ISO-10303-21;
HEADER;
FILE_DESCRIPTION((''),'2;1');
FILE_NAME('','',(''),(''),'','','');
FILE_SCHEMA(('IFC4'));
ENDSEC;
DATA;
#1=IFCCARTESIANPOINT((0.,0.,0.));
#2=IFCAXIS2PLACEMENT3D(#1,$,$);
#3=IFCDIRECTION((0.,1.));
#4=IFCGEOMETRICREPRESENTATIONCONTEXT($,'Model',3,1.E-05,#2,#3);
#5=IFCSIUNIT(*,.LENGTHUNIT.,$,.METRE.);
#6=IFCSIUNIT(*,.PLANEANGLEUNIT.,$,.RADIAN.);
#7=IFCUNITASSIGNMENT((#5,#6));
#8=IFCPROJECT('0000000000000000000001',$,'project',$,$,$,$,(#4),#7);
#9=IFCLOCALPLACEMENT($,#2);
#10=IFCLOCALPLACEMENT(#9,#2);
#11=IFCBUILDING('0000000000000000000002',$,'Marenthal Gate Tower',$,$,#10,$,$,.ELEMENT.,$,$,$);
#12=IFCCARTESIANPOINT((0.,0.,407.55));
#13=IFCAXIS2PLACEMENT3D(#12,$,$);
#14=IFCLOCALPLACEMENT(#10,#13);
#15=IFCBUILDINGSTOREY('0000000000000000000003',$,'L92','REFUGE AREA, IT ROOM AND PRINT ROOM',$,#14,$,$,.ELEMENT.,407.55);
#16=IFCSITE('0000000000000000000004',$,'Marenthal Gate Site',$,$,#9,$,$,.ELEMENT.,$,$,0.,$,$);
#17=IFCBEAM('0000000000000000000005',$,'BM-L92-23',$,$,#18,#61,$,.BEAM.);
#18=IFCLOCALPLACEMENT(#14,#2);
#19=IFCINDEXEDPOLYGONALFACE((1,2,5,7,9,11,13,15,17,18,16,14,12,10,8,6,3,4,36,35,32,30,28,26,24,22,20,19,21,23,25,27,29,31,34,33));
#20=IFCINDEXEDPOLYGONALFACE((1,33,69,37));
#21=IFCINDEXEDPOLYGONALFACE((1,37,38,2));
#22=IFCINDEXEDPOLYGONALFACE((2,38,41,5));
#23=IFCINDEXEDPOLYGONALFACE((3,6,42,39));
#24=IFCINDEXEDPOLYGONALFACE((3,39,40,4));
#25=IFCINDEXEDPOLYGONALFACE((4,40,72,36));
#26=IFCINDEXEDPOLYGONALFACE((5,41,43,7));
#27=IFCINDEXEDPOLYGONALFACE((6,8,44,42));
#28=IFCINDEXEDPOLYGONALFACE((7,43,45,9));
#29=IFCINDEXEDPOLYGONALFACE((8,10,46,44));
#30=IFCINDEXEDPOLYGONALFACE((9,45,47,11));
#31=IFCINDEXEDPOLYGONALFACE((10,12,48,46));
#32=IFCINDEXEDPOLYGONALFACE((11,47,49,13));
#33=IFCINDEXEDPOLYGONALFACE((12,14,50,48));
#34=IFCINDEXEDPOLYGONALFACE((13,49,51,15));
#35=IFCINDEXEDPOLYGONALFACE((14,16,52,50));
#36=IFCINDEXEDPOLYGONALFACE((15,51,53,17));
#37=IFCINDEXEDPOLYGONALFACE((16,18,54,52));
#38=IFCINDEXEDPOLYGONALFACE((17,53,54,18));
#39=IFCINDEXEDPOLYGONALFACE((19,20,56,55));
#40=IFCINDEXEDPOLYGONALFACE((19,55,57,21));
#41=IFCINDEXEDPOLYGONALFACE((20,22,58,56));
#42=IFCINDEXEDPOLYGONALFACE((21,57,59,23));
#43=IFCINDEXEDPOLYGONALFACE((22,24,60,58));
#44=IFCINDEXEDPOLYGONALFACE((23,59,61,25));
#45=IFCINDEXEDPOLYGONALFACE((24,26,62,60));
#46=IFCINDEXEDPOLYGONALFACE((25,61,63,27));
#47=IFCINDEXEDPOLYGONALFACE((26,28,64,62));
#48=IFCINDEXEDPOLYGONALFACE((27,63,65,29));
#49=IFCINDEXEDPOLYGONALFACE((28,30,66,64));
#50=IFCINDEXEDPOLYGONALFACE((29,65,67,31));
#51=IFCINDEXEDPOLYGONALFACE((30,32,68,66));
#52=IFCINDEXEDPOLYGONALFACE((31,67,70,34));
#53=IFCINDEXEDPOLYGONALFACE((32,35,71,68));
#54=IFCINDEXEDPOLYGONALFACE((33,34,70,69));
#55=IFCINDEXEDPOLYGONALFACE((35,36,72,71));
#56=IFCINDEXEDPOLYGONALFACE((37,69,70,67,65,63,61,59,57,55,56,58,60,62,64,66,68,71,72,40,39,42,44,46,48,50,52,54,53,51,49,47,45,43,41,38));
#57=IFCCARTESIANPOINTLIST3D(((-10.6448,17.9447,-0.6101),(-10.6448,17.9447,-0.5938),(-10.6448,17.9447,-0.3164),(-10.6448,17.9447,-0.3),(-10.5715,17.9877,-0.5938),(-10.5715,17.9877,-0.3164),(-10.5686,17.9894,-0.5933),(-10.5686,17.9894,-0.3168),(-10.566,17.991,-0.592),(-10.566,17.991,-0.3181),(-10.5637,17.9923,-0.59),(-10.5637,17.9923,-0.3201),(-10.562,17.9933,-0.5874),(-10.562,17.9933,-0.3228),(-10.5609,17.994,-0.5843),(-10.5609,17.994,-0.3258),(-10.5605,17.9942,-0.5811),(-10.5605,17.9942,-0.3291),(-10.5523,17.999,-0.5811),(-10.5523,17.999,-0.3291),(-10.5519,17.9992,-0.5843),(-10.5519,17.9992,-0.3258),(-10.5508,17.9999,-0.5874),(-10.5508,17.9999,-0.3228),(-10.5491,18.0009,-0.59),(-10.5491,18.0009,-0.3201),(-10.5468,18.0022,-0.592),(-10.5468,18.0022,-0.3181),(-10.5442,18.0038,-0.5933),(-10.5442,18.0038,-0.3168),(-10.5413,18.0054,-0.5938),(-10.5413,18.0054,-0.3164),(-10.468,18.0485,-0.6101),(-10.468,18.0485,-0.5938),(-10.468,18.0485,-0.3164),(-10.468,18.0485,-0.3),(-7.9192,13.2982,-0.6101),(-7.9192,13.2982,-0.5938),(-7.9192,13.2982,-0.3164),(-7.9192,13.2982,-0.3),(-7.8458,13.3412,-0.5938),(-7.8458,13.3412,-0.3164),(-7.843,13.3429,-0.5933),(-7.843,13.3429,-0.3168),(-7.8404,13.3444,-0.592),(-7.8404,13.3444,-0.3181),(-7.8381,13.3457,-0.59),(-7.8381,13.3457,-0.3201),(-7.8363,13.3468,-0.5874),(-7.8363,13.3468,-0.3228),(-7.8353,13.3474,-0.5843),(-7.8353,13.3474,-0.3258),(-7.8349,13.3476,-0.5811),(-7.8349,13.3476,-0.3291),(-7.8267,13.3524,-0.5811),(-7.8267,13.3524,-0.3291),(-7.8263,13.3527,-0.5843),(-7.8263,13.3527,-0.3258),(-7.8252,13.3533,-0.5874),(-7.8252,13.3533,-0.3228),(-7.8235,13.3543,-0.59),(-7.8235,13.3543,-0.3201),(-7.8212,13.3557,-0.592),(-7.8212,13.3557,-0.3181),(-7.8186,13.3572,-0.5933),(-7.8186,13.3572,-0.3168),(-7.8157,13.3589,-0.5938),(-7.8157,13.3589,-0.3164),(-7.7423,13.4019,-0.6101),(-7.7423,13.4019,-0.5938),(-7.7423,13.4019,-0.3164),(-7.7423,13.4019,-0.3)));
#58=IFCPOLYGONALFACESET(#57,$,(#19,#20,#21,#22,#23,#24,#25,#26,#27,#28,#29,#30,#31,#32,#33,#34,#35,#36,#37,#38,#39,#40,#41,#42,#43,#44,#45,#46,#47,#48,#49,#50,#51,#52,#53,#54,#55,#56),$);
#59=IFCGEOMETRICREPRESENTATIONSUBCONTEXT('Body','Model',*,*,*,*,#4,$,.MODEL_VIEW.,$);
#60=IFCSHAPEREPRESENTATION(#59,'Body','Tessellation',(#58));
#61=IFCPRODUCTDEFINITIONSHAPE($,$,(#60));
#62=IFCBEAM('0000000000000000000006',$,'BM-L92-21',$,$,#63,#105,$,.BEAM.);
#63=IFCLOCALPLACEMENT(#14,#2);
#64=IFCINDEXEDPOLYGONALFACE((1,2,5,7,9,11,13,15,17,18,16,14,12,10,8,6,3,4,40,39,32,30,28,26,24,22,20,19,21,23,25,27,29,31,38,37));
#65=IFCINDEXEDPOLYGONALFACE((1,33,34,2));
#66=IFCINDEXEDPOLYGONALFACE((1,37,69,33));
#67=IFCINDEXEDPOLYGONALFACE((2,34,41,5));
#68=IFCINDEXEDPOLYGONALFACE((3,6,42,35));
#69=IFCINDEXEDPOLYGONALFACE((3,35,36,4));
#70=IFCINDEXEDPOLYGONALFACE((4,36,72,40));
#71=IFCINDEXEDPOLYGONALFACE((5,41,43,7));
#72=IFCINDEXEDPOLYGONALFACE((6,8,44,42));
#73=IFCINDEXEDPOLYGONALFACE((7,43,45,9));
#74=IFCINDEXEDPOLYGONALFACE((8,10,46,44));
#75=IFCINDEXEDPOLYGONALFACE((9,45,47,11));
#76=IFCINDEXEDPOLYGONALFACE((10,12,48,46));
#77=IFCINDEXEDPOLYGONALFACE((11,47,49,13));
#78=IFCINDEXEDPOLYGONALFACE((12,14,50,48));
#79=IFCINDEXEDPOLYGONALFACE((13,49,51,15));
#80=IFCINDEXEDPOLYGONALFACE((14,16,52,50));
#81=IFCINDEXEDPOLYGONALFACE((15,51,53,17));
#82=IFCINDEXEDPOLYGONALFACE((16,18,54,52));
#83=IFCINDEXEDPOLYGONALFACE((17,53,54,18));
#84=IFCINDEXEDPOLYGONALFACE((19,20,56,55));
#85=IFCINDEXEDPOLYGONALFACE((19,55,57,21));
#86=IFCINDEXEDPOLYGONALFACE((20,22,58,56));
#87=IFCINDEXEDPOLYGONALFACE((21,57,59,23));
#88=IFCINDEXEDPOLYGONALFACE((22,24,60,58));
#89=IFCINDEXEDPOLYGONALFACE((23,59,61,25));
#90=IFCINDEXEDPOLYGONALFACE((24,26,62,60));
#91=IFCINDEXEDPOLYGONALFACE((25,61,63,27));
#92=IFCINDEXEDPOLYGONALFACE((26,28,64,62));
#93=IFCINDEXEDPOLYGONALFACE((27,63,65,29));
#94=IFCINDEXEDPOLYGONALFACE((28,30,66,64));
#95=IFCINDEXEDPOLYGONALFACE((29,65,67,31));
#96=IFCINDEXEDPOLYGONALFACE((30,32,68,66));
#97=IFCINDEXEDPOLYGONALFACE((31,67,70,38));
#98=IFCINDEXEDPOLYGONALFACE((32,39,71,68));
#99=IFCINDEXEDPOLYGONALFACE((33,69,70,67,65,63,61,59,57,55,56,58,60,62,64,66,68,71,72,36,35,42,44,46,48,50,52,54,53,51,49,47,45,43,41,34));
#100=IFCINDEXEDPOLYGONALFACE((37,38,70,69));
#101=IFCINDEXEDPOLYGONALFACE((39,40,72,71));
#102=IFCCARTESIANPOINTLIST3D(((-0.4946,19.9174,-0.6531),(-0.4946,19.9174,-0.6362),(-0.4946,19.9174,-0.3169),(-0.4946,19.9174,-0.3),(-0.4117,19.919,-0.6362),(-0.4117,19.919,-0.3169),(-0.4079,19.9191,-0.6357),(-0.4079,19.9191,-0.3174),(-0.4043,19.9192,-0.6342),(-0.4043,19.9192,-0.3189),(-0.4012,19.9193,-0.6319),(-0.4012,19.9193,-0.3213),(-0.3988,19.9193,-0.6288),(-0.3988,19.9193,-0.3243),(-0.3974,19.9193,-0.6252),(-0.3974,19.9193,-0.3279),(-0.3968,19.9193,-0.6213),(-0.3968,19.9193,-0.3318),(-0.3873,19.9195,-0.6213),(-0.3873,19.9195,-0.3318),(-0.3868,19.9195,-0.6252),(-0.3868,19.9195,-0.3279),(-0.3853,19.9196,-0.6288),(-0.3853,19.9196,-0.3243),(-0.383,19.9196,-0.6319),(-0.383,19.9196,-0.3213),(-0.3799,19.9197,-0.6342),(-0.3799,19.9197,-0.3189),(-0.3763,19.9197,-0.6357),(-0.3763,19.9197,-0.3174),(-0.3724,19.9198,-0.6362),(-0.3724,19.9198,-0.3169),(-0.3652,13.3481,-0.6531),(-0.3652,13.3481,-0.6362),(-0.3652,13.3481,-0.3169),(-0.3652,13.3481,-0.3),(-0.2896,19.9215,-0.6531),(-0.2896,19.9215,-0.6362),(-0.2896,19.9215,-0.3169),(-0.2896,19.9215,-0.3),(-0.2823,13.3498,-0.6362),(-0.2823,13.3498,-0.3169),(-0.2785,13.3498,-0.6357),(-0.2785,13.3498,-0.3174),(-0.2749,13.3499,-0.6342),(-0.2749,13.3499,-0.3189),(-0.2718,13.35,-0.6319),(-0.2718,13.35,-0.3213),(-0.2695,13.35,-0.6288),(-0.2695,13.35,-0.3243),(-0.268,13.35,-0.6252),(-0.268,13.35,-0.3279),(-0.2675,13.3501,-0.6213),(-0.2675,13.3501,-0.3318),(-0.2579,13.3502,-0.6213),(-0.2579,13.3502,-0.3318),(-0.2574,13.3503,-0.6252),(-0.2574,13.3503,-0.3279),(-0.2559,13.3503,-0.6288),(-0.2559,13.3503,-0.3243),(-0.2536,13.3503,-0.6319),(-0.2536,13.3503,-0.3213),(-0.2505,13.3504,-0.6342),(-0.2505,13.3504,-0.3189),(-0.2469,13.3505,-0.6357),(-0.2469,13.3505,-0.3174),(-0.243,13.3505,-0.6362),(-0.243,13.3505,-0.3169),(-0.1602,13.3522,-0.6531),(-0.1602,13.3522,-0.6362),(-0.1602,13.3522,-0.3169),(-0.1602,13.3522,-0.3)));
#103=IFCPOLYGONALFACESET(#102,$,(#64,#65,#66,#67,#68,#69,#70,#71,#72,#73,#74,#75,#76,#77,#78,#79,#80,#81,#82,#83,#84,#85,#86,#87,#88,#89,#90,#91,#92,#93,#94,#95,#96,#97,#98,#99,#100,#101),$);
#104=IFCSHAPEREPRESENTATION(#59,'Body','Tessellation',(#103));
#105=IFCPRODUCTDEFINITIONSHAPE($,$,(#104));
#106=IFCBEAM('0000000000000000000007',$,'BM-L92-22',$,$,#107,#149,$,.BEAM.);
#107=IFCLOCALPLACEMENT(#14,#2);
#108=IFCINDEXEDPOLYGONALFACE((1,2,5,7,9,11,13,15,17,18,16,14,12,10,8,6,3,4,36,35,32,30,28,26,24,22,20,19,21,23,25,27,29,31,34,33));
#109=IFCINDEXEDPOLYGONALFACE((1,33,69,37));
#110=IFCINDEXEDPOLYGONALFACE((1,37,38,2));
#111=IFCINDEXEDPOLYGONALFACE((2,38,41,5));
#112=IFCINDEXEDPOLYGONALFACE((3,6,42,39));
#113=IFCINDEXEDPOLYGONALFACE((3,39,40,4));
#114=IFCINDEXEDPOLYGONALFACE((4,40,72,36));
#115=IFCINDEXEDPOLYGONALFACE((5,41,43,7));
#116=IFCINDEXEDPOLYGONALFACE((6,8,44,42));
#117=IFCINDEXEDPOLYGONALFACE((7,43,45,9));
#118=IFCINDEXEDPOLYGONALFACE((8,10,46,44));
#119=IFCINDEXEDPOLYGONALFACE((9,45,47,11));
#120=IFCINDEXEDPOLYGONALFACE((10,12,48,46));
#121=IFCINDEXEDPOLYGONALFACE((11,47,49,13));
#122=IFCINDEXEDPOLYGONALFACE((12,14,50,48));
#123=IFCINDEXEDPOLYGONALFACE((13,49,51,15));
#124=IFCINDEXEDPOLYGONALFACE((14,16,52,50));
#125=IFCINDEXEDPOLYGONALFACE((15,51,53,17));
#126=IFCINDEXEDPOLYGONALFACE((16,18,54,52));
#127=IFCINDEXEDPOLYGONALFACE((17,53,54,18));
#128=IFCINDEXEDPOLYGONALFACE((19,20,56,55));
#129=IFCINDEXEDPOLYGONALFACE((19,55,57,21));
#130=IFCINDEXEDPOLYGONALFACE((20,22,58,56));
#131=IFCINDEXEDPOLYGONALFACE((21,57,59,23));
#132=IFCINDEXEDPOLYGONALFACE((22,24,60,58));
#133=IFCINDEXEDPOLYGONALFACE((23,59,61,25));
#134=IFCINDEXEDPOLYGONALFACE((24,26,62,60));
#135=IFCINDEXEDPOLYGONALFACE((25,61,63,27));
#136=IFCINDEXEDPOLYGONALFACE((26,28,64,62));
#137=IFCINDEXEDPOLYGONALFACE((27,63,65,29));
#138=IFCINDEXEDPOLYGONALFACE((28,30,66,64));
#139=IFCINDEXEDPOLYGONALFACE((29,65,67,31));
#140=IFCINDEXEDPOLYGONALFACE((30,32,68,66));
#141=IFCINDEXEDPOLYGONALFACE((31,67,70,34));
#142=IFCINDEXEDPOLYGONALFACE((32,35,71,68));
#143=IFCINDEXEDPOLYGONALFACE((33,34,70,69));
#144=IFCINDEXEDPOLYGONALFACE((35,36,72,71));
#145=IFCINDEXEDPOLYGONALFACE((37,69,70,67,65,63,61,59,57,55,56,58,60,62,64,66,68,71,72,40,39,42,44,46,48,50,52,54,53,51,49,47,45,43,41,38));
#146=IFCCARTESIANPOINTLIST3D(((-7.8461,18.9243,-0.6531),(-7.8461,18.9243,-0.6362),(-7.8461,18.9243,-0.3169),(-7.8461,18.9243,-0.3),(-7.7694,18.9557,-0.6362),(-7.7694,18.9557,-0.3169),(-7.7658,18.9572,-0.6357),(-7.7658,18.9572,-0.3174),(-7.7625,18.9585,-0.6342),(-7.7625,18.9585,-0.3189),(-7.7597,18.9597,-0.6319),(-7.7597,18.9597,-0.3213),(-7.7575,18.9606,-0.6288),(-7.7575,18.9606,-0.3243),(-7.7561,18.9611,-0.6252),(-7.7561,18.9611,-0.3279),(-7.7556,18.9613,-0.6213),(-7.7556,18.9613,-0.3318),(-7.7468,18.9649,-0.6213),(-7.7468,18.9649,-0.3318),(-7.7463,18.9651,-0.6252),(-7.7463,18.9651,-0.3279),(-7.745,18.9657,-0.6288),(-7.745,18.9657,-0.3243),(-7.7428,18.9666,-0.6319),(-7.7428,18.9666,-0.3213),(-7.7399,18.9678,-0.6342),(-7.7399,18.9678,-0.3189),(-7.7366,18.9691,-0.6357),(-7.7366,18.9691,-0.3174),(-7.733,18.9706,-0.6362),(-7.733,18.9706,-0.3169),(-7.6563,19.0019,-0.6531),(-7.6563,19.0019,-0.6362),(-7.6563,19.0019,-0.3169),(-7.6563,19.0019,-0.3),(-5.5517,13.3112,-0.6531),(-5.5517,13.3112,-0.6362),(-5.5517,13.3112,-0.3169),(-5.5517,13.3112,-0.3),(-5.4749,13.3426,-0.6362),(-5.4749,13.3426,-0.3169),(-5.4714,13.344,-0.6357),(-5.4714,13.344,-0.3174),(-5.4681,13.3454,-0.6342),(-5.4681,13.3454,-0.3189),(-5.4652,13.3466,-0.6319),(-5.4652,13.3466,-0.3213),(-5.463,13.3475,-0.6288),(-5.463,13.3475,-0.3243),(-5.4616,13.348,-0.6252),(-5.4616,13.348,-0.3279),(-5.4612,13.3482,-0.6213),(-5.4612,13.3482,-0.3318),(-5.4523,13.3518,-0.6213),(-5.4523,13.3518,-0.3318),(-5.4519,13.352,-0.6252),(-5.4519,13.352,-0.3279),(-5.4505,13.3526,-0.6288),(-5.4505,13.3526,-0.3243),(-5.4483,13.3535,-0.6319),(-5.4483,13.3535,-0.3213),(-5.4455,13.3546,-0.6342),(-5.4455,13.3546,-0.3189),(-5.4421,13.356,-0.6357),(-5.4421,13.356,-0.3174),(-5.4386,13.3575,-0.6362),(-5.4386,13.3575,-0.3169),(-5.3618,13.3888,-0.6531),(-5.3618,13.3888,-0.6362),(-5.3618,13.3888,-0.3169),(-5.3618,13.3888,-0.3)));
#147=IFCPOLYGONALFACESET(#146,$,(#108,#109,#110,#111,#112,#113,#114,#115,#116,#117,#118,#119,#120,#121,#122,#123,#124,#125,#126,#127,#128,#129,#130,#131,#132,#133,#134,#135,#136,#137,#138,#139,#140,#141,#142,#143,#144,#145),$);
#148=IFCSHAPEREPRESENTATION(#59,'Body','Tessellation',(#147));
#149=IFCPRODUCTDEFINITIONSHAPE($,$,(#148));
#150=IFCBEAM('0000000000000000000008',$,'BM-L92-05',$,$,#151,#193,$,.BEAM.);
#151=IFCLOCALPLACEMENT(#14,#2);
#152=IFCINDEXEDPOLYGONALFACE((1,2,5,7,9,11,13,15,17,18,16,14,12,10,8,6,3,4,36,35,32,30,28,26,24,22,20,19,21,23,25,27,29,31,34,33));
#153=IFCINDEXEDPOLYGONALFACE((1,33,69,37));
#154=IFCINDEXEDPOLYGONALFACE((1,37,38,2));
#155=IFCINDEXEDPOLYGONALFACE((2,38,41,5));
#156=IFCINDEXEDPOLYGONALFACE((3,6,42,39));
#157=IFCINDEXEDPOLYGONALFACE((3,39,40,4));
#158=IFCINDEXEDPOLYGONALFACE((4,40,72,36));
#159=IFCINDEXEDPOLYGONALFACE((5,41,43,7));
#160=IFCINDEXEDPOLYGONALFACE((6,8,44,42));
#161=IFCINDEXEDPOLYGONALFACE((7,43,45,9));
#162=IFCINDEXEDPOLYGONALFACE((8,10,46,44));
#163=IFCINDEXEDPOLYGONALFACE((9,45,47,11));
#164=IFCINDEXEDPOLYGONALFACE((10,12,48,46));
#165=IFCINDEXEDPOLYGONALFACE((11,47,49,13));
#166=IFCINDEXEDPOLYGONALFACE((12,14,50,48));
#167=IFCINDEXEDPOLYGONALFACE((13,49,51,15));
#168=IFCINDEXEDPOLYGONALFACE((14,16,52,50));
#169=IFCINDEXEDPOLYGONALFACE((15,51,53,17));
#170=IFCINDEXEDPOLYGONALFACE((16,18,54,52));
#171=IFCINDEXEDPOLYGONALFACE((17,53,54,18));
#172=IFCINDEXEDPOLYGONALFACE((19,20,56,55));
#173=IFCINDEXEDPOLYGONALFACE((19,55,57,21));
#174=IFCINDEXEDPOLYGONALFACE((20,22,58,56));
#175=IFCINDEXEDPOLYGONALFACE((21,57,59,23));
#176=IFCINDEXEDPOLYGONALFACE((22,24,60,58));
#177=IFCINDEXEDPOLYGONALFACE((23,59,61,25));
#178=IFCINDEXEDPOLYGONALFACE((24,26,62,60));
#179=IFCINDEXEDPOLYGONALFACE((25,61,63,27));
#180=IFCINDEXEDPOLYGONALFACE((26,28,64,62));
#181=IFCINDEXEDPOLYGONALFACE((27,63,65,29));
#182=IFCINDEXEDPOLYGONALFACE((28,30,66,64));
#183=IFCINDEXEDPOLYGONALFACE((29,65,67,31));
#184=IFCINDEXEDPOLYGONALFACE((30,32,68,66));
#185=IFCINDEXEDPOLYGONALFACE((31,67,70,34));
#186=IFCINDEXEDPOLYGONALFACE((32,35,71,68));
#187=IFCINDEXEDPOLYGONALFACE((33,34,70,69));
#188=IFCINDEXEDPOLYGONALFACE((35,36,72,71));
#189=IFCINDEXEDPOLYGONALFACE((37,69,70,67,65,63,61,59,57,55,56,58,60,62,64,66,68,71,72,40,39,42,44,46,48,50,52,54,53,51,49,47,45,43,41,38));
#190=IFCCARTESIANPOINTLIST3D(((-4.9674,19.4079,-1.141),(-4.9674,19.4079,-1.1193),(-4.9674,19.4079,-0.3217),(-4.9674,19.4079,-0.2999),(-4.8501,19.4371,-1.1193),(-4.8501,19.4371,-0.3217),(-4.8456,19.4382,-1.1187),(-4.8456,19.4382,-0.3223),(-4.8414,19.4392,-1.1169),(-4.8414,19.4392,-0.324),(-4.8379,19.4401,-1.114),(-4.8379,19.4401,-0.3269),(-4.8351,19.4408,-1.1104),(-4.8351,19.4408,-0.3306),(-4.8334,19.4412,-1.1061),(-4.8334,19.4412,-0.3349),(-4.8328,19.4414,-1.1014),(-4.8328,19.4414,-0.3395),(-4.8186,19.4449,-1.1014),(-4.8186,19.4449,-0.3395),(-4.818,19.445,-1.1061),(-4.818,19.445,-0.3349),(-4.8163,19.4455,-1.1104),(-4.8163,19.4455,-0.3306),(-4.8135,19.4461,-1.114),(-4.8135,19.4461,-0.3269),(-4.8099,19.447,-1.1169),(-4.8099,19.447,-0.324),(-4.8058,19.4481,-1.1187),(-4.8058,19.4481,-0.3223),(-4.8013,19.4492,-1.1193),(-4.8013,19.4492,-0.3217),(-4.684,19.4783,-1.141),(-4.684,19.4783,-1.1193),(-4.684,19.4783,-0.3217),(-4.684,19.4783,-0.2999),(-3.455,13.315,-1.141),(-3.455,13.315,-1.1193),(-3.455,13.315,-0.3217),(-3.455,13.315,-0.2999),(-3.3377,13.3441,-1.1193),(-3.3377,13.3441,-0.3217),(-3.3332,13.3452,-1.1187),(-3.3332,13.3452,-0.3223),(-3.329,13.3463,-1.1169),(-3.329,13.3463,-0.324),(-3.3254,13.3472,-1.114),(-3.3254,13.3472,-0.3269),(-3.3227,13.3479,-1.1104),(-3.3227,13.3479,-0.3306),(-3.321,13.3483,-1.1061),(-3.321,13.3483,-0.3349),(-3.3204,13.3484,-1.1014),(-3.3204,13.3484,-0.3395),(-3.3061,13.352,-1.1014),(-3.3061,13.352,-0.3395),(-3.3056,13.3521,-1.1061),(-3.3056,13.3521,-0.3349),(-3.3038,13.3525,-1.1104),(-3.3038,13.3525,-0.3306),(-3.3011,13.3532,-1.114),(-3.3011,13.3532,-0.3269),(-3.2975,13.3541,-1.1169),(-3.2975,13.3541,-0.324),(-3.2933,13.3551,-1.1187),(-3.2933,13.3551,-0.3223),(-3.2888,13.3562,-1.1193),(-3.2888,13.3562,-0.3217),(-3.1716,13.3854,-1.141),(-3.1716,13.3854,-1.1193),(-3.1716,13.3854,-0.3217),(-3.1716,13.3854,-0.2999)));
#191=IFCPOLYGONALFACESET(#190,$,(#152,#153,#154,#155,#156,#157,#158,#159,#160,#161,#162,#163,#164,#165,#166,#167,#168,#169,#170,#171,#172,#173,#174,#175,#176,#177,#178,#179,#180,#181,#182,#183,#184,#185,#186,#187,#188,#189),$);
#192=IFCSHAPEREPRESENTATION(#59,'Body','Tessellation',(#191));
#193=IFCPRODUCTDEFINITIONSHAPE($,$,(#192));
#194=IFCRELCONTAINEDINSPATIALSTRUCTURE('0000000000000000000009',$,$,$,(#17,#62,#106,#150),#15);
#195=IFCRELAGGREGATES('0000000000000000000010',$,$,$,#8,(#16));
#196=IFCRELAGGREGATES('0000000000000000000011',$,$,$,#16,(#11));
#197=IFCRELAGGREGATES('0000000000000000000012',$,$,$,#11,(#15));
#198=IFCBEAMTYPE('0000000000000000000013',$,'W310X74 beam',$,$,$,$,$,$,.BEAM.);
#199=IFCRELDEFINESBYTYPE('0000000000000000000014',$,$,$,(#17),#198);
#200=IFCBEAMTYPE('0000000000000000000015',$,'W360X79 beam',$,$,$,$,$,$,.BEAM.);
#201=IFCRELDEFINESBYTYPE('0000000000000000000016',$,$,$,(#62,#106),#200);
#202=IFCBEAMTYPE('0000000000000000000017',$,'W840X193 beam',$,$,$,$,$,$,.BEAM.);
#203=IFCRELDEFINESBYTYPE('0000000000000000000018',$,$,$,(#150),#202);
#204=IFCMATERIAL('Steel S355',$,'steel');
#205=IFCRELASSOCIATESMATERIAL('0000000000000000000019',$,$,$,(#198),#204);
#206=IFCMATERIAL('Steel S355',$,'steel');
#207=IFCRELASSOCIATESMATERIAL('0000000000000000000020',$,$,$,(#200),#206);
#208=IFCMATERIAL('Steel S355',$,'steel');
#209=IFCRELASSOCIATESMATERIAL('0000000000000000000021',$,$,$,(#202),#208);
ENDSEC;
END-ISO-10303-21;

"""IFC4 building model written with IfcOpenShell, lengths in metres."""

from ifc_helpers import new_model, si_unit, direction, frame, origin, origin_2d, place, context, subcontext, project, spatial, i_section, extrude, material, material_profile, profile_set, type_object, element, save


model = new_model("IFC4")

# Units and contexts
model_context = context("Model", 3, precision=1e-05, world=origin(), true_north=direction((0.0, 1.0)))
body_context = subcontext(model_context, "Body", "Model", "MODEL_VIEW")
ifc_project = project(units=[si_unit("LENGTHUNIT", "METRE"), si_unit("PLANEANGLEUNIT", "RADIAN")], contexts=[model_context])

# Site, building, storey
site_placement = place(None, origin())
site = spatial("IfcSite", under=ifc_project, at=site_placement, Name="Marenthal Gate Site", CompositionType="ELEMENT", RefElevation=0.0)
building_placement = place(site_placement, origin())
building = spatial("IfcBuilding", under=site, at=building_placement, Name="Marenthal Gate Tower", CompositionType="ELEMENT")
storey_placement = place(building_placement, frame((0.0, 0.0, 407.55)))
storey = spatial("IfcBuildingStorey", under=building, at=storey_placement, Name="L92", Description="REFUGE AREA, IT ROOM AND PRINT ROOM", CompositionType="ELEMENT", Elevation=407.55)

# Beams
ifc_material_1 = material(Name="Steel S355", Category="steel")
ifc_material_profile_1 = material_profile(ifc_material_1, i_section(OverallWidth=0.2051, OverallDepth=0.3101, WebThickness=0.0095, FlangeThickness=0.0164, FilletRadius=0.0127, at=origin_2d()), Name="W310X74")
ifc_profile_set_1 = profile_set([ifc_material_profile_1], Name="Steel S355")
beam_type_1 = type_object("IfcBeamType", Name="W310X74 beam", PredefinedType="BEAM", material=ifc_profile_set_1)
beam_1_placement = place(storey_placement, frame((-10.5564, 17.9966, -0.4551), z_axis=(0.505966, -0.862553, 0.0), x_axis=(0.862553, 0.505966, 0.0)))
element("IfcBeam", 1, at=beam_1_placement, inside=storey, type_object=beam_type_1, Name="BM-L92-23", PredefinedType="BEAM", context=body_context, shape_type="SweptSolid", body=[
    extrude(i_section(OverallWidth=0.2051, OverallDepth=0.3101, WebThickness=0.0095, FlangeThickness=0.0164, FilletRadius=0.0127, at=origin_2d()), origin(), (0.0, 0.0, 1.0), 5.387),
])
ifc_material_2 = material(Name="Steel S355", Category="steel")
ifc_material_profile_2 = material_profile(ifc_material_2, i_section(OverallWidth=0.2051, OverallDepth=0.353, WebThickness=0.0095, FlangeThickness=0.0168, FilletRadius=0.0149, at=origin_2d()), Name="W360X79")
ifc_profile_set_2 = profile_set([ifc_material_profile_2], Name="Steel S355")
beam_type_2 = type_object("IfcBeamType", Name="W360X79 beam", PredefinedType="BEAM", material=ifc_profile_set_2)
beam_2_placement = place(storey_placement, frame((-0.3921, 19.9194, -0.4766), z_axis=(0.019693, -0.999806, 0.0), x_axis=(0.999806, 0.019693, 0.0)))
element("IfcBeam", 2, at=beam_2_placement, inside=storey, type_object=beam_type_2, Name="BM-L92-21", PredefinedType="BEAM", context=body_context, shape_type="SweptSolid", body=[
    extrude(i_section(OverallWidth=0.2051, OverallDepth=0.353, WebThickness=0.0095, FlangeThickness=0.0168, FilletRadius=0.0149, at=origin_2d()), origin(), (0.0, 0.0, 1.0), 6.5706),
])
beam_3_placement = place(storey_placement, frame((-7.7512, 18.9631, -0.4766), z_axis=(0.378377, -0.925651, 0.0), x_axis=(0.925651, 0.378377, 0.0)))
element("IfcBeam", 3, at=beam_3_placement, inside=storey, type_object=beam_type_2, Name="BM-L92-22", PredefinedType="BEAM", context=body_context, shape_type="SweptSolid", body=[
    extrude(i_section(OverallWidth=0.2051, OverallDepth=0.353, WebThickness=0.0095, FlangeThickness=0.0168, FilletRadius=0.0149, at=origin_2d()), origin(), (0.0, 0.0, 1.0), 6.064),
])
ifc_material_3 = material(Name="Steel S355", Category="steel")
ifc_material_profile_3 = material_profile(ifc_material_3, i_section(OverallWidth=0.292, OverallDepth=0.8411, WebThickness=0.0146, FlangeThickness=0.0217, FilletRadius=0.0178, at=origin_2d()), Name="W840X193")
ifc_profile_set_3 = profile_set([ifc_material_profile_3], Name="Steel S355")
beam_type_3 = type_object("IfcBeamType", Name="W840X193 beam", PredefinedType="BEAM", material=ifc_profile_set_3)
beam_4_placement = place(storey_placement, frame((-4.8257, 19.4431, -0.7205), z_axis=(0.240916, -0.970546, 0.0), x_axis=(0.970546, 0.240916, 0.0)))
element("IfcBeam", 4, at=beam_4_placement, inside=storey, type_object=beam_type_3, Name="BM-L92-05", PredefinedType="BEAM", context=body_context, shape_type="SweptSolid", body=[
    extrude(i_section(OverallWidth=0.292, OverallDepth=0.8411, WebThickness=0.0146, FlangeThickness=0.0217, FilletRadius=0.0178, at=origin_2d()), origin(), (0.0, 0.0, 1.0), 6.2778),
])

save(model, "model.ifc")
